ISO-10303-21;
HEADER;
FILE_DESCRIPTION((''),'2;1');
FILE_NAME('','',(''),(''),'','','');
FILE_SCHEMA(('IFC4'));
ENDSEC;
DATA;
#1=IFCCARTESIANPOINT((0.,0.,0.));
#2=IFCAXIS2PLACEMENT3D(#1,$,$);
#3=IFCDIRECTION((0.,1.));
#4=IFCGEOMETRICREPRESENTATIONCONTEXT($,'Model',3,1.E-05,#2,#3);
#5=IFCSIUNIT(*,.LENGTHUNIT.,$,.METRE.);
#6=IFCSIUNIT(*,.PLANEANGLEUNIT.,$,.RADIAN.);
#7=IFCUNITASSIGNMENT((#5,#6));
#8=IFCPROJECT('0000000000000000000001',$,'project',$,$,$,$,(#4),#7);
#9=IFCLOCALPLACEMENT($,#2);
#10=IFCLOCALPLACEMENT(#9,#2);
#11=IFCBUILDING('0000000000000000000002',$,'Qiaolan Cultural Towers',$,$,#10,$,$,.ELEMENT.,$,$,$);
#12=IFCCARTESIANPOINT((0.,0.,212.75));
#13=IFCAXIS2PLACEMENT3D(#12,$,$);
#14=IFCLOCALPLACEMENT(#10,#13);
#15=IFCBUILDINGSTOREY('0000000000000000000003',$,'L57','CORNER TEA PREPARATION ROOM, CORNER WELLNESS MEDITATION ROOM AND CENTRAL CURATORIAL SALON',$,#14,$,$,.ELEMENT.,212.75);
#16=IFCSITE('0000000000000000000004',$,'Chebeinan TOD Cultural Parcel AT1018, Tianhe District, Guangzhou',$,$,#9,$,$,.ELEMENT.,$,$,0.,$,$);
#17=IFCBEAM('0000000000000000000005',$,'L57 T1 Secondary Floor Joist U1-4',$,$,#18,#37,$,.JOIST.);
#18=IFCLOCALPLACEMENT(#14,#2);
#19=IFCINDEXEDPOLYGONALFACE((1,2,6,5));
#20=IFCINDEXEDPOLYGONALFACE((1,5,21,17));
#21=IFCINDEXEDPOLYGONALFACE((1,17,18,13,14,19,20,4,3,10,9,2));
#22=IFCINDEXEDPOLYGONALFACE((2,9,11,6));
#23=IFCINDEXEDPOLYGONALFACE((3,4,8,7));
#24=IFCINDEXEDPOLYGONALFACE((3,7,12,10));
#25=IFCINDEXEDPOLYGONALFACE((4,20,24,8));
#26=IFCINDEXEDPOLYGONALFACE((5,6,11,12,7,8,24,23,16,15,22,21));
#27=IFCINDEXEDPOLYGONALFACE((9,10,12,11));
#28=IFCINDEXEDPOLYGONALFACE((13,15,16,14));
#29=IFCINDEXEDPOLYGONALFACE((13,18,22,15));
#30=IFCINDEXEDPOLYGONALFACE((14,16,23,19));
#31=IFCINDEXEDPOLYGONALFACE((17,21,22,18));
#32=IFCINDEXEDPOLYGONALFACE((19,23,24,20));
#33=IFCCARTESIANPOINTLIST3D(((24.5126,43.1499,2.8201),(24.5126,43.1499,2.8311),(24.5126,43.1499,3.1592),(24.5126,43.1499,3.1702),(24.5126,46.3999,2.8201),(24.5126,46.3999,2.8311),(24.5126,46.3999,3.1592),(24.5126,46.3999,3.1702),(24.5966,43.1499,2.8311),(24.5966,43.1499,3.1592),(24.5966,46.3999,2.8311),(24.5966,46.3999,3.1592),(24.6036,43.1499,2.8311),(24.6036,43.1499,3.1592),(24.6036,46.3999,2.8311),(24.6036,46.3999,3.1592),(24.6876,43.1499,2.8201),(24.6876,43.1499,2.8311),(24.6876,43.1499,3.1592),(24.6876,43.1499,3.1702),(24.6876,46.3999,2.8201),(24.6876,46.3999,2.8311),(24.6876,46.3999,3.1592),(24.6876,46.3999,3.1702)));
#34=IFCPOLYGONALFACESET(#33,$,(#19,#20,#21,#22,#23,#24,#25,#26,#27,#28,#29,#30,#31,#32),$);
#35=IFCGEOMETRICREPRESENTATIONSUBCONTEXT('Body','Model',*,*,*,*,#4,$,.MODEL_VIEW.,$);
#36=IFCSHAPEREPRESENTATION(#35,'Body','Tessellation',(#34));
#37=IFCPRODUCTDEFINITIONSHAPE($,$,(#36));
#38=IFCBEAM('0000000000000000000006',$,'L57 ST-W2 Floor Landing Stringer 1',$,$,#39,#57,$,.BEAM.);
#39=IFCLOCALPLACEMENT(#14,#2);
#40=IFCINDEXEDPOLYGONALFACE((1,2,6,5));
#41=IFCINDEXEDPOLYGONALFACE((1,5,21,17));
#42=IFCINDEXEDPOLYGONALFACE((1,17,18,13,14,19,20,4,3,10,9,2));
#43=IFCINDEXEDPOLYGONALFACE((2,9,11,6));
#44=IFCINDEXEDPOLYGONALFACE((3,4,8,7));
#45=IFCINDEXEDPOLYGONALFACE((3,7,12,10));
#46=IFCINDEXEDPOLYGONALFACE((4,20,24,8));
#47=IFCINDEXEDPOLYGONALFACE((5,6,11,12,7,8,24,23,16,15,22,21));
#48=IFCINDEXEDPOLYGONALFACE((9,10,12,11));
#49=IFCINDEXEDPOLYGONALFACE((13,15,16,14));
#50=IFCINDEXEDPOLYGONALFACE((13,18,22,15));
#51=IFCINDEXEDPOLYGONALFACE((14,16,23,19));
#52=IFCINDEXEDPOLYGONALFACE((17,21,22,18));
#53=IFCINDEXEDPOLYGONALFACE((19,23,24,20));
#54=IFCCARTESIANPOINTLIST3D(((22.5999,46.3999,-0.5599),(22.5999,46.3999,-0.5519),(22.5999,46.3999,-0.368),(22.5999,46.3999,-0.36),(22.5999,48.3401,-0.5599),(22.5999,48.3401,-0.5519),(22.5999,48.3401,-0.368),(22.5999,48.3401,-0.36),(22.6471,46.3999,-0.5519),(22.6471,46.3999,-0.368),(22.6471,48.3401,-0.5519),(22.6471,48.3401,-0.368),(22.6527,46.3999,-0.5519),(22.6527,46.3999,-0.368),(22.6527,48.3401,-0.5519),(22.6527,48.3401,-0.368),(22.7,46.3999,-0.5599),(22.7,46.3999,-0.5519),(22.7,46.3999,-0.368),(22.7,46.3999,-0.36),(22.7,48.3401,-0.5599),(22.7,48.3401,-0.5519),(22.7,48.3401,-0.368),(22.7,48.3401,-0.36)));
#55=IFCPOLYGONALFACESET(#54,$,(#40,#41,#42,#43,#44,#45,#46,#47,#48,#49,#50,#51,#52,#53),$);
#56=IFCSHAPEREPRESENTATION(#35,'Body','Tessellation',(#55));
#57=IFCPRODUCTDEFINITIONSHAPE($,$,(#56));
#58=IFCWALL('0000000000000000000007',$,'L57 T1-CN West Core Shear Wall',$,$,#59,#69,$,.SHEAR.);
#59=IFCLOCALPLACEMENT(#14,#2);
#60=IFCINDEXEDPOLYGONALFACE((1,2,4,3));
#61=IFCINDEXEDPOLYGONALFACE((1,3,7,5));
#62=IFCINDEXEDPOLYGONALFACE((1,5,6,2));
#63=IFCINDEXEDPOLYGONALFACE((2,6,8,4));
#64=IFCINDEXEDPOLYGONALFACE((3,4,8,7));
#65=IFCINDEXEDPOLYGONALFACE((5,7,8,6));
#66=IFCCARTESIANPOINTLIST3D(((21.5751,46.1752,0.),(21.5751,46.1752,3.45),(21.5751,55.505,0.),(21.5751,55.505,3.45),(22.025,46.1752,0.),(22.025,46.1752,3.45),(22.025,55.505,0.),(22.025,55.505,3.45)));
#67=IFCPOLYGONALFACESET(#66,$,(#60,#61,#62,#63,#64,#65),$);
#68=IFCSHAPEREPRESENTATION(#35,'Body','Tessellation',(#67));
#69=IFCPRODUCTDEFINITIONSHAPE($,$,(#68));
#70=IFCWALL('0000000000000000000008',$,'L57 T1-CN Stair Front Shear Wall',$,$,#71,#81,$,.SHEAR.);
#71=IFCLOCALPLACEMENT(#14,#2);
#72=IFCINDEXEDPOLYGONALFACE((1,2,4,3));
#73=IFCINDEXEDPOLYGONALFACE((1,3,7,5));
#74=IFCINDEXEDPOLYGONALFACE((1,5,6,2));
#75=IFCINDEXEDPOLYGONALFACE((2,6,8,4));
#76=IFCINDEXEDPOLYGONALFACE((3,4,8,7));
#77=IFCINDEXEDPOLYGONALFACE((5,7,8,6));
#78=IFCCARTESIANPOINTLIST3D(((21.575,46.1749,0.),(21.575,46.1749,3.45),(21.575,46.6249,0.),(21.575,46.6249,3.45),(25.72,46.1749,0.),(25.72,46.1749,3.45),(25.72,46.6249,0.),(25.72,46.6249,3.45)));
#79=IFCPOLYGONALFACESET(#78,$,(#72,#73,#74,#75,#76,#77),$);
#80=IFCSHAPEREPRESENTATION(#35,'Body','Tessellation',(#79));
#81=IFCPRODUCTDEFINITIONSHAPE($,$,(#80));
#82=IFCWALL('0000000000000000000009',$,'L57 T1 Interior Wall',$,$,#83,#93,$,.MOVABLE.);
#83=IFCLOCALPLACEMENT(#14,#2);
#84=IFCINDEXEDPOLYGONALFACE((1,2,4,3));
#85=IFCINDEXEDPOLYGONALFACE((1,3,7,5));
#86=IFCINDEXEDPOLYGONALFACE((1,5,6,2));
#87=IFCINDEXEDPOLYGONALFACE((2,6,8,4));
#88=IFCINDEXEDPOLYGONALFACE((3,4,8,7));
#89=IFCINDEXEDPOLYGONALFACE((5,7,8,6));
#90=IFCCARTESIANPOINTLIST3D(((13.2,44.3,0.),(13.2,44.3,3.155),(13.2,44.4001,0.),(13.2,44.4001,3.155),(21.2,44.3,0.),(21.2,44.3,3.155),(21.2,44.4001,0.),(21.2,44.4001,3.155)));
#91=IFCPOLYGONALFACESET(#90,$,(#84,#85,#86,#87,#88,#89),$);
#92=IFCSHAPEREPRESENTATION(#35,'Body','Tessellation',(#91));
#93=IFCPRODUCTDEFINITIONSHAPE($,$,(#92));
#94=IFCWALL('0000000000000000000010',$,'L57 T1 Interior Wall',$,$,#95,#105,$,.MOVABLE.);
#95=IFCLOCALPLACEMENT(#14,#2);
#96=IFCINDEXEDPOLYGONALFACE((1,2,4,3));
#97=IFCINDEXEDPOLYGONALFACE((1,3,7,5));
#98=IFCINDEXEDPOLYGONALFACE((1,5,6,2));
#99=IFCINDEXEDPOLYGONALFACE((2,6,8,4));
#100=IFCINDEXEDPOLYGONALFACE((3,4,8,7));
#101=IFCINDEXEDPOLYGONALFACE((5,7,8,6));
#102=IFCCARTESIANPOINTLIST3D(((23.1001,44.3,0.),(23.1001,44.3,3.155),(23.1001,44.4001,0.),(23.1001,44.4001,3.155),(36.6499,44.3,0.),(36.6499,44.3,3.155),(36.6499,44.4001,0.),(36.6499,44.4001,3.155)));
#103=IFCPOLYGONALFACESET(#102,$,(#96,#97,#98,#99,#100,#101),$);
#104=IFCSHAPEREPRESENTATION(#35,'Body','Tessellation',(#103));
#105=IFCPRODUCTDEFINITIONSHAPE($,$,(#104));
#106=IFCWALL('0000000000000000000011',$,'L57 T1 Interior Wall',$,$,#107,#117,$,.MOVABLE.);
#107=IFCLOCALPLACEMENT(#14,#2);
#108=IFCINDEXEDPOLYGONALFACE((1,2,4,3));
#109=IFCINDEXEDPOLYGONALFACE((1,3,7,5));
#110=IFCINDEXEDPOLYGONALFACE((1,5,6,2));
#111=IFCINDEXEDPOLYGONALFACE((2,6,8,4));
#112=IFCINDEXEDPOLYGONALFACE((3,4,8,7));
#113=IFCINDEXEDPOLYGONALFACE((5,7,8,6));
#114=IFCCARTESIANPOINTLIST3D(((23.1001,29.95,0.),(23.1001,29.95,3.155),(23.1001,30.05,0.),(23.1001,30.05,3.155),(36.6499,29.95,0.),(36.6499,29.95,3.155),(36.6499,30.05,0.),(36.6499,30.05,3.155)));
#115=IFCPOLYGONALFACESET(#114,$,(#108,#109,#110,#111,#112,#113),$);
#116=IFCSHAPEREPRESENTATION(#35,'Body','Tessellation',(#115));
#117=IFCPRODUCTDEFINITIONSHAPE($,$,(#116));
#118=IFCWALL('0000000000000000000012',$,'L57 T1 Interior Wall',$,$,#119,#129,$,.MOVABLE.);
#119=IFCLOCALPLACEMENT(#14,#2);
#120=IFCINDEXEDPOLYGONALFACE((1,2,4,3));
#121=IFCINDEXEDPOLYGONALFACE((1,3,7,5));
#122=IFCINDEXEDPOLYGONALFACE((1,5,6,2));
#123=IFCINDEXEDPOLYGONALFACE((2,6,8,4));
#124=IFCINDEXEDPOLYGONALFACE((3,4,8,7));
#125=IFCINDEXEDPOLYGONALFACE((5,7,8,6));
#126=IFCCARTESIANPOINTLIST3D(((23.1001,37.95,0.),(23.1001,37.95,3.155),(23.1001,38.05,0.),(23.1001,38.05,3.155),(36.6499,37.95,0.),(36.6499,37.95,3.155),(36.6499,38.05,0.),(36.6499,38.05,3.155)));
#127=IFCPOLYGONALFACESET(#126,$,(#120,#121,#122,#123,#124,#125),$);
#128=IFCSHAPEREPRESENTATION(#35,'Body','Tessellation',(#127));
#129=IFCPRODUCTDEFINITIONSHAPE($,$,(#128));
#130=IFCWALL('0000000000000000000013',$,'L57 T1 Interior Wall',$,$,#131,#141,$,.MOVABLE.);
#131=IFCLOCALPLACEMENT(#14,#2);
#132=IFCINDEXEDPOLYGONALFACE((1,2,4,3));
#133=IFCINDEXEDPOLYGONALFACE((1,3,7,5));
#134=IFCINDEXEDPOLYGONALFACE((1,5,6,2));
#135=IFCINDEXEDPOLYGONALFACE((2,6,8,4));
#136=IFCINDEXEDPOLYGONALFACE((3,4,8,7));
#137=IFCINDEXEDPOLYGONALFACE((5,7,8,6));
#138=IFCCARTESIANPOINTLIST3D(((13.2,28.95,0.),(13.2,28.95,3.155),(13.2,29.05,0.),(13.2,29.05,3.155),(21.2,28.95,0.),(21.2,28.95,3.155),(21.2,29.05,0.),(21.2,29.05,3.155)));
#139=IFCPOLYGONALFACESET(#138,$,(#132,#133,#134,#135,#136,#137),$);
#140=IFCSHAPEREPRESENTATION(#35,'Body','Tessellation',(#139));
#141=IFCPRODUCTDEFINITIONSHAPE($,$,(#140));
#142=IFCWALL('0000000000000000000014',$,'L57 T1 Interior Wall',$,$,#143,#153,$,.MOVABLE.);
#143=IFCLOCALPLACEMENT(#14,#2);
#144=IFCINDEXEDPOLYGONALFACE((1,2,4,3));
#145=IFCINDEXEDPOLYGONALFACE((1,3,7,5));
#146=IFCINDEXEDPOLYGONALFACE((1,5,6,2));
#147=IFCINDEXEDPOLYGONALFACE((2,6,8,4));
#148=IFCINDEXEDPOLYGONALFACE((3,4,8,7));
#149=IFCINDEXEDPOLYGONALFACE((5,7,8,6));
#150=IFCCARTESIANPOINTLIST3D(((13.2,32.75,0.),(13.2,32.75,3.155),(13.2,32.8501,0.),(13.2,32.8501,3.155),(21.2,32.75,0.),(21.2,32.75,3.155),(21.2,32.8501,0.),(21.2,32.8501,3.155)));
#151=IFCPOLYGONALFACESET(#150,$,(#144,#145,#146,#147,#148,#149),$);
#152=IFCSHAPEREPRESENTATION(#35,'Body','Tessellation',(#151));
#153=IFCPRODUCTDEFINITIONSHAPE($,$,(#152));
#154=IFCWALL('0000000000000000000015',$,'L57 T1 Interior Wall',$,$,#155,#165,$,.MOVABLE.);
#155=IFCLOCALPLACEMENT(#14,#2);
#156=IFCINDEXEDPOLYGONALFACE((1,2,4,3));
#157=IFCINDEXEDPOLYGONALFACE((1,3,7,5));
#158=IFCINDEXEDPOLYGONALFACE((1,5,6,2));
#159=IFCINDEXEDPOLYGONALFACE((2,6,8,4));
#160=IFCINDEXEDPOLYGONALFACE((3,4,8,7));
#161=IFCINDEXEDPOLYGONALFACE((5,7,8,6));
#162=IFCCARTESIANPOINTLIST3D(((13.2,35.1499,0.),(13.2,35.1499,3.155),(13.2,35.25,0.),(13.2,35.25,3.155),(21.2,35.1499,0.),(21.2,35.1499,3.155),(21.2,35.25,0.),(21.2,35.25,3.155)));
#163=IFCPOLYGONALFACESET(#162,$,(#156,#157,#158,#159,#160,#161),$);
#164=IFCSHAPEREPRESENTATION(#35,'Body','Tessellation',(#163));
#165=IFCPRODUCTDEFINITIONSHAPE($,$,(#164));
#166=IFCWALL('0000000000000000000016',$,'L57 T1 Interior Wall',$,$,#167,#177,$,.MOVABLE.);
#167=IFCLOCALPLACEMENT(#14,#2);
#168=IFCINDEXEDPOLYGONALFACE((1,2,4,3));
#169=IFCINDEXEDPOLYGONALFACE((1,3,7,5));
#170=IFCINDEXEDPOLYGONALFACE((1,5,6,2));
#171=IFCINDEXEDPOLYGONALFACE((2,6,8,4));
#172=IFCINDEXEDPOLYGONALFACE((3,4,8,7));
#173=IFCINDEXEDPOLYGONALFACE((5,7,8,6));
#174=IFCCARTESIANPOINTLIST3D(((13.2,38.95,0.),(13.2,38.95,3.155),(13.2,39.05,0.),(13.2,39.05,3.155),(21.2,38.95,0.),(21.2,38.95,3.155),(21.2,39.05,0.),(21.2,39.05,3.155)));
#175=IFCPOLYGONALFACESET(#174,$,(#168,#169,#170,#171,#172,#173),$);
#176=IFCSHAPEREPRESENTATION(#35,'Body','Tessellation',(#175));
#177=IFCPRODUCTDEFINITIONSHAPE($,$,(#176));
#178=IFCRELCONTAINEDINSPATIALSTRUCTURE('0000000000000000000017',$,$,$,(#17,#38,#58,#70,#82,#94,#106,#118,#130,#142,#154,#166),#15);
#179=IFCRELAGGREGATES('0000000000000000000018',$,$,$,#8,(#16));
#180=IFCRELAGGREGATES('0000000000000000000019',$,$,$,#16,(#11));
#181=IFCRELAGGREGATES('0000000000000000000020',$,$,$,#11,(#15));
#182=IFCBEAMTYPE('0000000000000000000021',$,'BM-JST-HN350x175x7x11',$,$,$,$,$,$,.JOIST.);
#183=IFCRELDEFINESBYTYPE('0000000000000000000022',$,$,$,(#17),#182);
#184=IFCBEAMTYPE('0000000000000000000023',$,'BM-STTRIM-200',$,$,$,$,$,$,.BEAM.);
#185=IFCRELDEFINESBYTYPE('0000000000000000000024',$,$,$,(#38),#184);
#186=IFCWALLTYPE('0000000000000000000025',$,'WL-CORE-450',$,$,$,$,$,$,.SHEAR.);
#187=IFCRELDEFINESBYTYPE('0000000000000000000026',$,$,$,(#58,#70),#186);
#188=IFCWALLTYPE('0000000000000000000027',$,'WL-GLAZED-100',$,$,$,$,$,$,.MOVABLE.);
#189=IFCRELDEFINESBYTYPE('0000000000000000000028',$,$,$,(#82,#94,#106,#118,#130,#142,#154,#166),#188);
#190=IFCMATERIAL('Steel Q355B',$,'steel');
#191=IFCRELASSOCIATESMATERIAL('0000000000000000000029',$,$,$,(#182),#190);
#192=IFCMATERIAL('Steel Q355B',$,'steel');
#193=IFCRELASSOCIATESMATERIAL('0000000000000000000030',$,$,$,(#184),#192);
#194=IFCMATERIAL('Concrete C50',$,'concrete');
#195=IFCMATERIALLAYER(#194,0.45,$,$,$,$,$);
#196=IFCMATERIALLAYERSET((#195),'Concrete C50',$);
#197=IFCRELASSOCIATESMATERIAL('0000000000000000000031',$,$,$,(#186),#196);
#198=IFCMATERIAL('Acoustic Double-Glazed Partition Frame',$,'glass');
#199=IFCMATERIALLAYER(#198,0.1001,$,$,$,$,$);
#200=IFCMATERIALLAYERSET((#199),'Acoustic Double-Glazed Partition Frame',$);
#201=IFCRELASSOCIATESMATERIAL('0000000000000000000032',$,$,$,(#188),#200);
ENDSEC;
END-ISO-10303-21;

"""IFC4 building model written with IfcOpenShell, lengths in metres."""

from ifc_helpers import new_model, si_unit, direction, frame, frame_2d, origin, origin_2d, place, context, subcontext, project, spatial, rectangle, i_section, extrude, material, layer, layer_set, material_profile, profile_set, type_object, element, save


model = new_model("IFC4")

# Units and contexts
model_context = context("Model", 3, precision=1e-05, world=origin(), true_north=direction((0.0, 1.0)))
body_context = subcontext(model_context, "Body", "Model", "MODEL_VIEW")
ifc_project = project(units=[si_unit("LENGTHUNIT", "METRE"), si_unit("PLANEANGLEUNIT", "RADIAN")], contexts=[model_context])

# Site, building, storey
site_placement = place(None, origin())
site = spatial("IfcSite", under=ifc_project, at=site_placement, Name="Chebeinan TOD Cultural Parcel AT1018, Tianhe District, Guangzhou", CompositionType="ELEMENT", RefElevation=0.0)
building_placement = place(site_placement, origin())
building = spatial("IfcBuilding", under=site, at=building_placement, Name="Qiaolan Cultural Towers", CompositionType="ELEMENT")
storey_placement = place(building_placement, frame((0.0, 0.0, 212.75)))
storey = spatial("IfcBuildingStorey", under=building, at=storey_placement, Name="L57", Description="CORNER TEA PREPARATION ROOM, CORNER WELLNESS MEDITATION ROOM AND CENTRAL CURATORIAL SALON", CompositionType="ELEMENT", Elevation=212.75)

# Beams
ifc_material_1 = material(Name="Steel Q355B", Category="steel")
ifc_material_profile_1 = material_profile(ifc_material_1, i_section(OverallWidth=0.175, OverallDepth=0.3501, WebThickness=0.0071, FlangeThickness=0.011, at=origin_2d()), Name="HN350x175x7x11")
ifc_profile_set_1 = profile_set([ifc_material_profile_1], Name="Steel Q355B")
beam_type_1 = type_object("IfcBeamType", Name="BM-JST-HN350x175x7x11", PredefinedType="JOIST", material=ifc_profile_set_1)
beam_1_placement = place(storey_placement, frame((24.6001, 43.1499, 2.9951), z_axis=(0.0, 1.0, 0.0), x_axis=(-1.0, 0.0, 0.0)))
element("IfcBeam", 1, at=beam_1_placement, inside=storey, type_object=beam_type_1, Name="L57 T1 Secondary Floor Joist U1-4", PredefinedType="JOIST", context=body_context, shape_type="SweptSolid", body=[
    extrude(i_section(OverallWidth=0.175, OverallDepth=0.3501, WebThickness=0.0071, FlangeThickness=0.011, at=origin_2d()), origin(), (0.0, 0.0, 1.0), 3.25),
])
ifc_material_2 = material(Name="Steel Q355B", Category="steel")
ifc_material_profile_2 = material_profile(ifc_material_2, i_section(OverallWidth=0.1001, OverallDepth=0.2, WebThickness=0.0056, FlangeThickness=0.0081, at=origin_2d()), Name="HN200x100x5.5x8")
ifc_profile_set_2 = profile_set([ifc_material_profile_2], Name="Steel Q355B")
beam_type_2 = type_object("IfcBeamType", Name="BM-STTRIM-200", PredefinedType="BEAM", material=ifc_profile_set_2)
beam_2_placement = place(storey_placement, frame((22.6499, 46.3999, -0.46), z_axis=(0.0, 1.0, 0.0), x_axis=(-1.0, 0.0, 0.0)))
element("IfcBeam", 2, at=beam_2_placement, inside=storey, type_object=beam_type_2, Name="L57 ST-W2 Floor Landing Stringer 1", PredefinedType="BEAM", context=body_context, shape_type="SweptSolid", body=[
    extrude(i_section(OverallWidth=0.1001, OverallDepth=0.2, WebThickness=0.0056, FlangeThickness=0.0081, at=origin_2d()), origin(), (0.0, 0.0, 1.0), 1.9402),
])

# Walls
ifc_material_3 = material(Name="Concrete C50", Category="concrete")
ifc_layer_1 = layer(ifc_material_3, 0.45)
ifc_layer_set_1 = layer_set([ifc_layer_1], Name="Concrete C50")
wall_type_1 = type_object("IfcWallType", Name="WL-CORE-450", PredefinedType="SHEAR", material=ifc_layer_set_1)
wall_1_placement = place(storey_placement, frame((21.8, 46.175, 0.0), z_axis=(0.0, 0.0, 1.0), x_axis=(0.0, 1.0, 0.0)))
element("IfcWall", 3, at=wall_1_placement, inside=storey, type_object=wall_type_1, Name="L57 T1-CN West Core Shear Wall", PredefinedType="SHEAR", context=body_context, shape_type="SweptSolid", body=[
    extrude(rectangle(XDim=9.3298, YDim=0.45, at=frame_2d((4.665, 0.0))), origin(), (0.0, 0.0, 1.0), 3.45),
])
wall_2_placement = place(storey_placement, frame((21.575, 46.3999, 0.0), z_axis=(0.0, 0.0, 1.0), x_axis=(1.0, 0.0, 0.0)))
element("IfcWall", 4, at=wall_2_placement, inside=storey, type_object=wall_type_1, Name="L57 T1-CN Stair Front Shear Wall", PredefinedType="SHEAR", context=body_context, shape_type="SweptSolid", body=[
    extrude(rectangle(XDim=4.145, YDim=0.45, at=frame_2d((2.0725, 0.0))), origin(), (0.0, 0.0, 1.0), 3.45),
])
ifc_material_4 = material(Name="Acoustic Double-Glazed Partition Frame", Category="glass")
ifc_layer_2 = layer(ifc_material_4, 0.1001)
ifc_layer_set_2 = layer_set([ifc_layer_2], Name="Acoustic Double-Glazed Partition Frame")
wall_type_2 = type_object("IfcWallType", Name="WL-GLAZED-100", PredefinedType="MOVABLE", material=ifc_layer_set_2)
wall_3_placement = place(storey_placement, frame((13.2, 44.3501, 0.0), z_axis=(0.0, 0.0, 1.0), x_axis=(1.0, 0.0, 0.0)))
element("IfcWall", 5, at=wall_3_placement, inside=storey, type_object=wall_type_2, Name="L57 T1 Interior Wall", PredefinedType="MOVABLE", context=body_context, shape_type="SweptSolid", body=[
    extrude(rectangle(XDim=8.0, YDim=0.1001, at=frame_2d((4.0, 0.0))), origin(), (0.0, 0.0, 1.0), 3.155),
])
for number, where, z_axis, x_axis, name in (
    (6, (23.1001, 44.3501, 0.0), (0.0, 0.0, 1.0), (1.0, 0.0, 0.0), "L57 T1 Interior Wall"),
    (7, (23.1001, 30.0, 0.0), (0.0, 0.0, 1.0), (1.0, 0.0, 0.0), "L57 T1 Interior Wall"),
    (8, (23.1001, 38.0, 0.0), (0.0, 0.0, 1.0), (1.0, 0.0, 0.0), "L57 T1 Interior Wall"),
):
    element("IfcWall", number, at=place(storey_placement, frame(where, z_axis=z_axis, x_axis=x_axis)), inside=storey, type_object=wall_type_2, Name=name, PredefinedType="MOVABLE", context=body_context, shape_type="SweptSolid", body=[
        extrude(rectangle(XDim=13.5498, YDim=0.1001, at=frame_2d((6.7749, 0.0))), origin(), (0.0, 0.0, 1.0), 3.155),
    ])
for number, where, z_axis, x_axis, name in (
    (9, (13.2, 29.0, 0.0), (0.0, 0.0, 1.0), (1.0, 0.0, 0.0), "L57 T1 Interior Wall"),
    (10, (13.2, 32.8, 0.0), (0.0, 0.0, 1.0), (1.0, 0.0, 0.0), "L57 T1 Interior Wall"),
    (11, (13.2, 35.2, 0.0), (0.0, 0.0, 1.0), (1.0, 0.0, 0.0), "L57 T1 Interior Wall"),
    (12, (13.2, 39.0, 0.0), (0.0, 0.0, 1.0), (1.0, 0.0, 0.0), "L57 T1 Interior Wall"),
):
    element("IfcWall", number, at=place(storey_placement, frame(where, z_axis=z_axis, x_axis=x_axis)), inside=storey, type_object=wall_type_2, Name=name, PredefinedType="MOVABLE", context=body_context, shape_type="SweptSolid", body=[
        extrude(rectangle(XDim=8.0, YDim=0.1001, at=frame_2d((4.0, 0.0))), origin(), (0.0, 0.0, 1.0), 3.155),
    ])

save(model, "model.ifc")
